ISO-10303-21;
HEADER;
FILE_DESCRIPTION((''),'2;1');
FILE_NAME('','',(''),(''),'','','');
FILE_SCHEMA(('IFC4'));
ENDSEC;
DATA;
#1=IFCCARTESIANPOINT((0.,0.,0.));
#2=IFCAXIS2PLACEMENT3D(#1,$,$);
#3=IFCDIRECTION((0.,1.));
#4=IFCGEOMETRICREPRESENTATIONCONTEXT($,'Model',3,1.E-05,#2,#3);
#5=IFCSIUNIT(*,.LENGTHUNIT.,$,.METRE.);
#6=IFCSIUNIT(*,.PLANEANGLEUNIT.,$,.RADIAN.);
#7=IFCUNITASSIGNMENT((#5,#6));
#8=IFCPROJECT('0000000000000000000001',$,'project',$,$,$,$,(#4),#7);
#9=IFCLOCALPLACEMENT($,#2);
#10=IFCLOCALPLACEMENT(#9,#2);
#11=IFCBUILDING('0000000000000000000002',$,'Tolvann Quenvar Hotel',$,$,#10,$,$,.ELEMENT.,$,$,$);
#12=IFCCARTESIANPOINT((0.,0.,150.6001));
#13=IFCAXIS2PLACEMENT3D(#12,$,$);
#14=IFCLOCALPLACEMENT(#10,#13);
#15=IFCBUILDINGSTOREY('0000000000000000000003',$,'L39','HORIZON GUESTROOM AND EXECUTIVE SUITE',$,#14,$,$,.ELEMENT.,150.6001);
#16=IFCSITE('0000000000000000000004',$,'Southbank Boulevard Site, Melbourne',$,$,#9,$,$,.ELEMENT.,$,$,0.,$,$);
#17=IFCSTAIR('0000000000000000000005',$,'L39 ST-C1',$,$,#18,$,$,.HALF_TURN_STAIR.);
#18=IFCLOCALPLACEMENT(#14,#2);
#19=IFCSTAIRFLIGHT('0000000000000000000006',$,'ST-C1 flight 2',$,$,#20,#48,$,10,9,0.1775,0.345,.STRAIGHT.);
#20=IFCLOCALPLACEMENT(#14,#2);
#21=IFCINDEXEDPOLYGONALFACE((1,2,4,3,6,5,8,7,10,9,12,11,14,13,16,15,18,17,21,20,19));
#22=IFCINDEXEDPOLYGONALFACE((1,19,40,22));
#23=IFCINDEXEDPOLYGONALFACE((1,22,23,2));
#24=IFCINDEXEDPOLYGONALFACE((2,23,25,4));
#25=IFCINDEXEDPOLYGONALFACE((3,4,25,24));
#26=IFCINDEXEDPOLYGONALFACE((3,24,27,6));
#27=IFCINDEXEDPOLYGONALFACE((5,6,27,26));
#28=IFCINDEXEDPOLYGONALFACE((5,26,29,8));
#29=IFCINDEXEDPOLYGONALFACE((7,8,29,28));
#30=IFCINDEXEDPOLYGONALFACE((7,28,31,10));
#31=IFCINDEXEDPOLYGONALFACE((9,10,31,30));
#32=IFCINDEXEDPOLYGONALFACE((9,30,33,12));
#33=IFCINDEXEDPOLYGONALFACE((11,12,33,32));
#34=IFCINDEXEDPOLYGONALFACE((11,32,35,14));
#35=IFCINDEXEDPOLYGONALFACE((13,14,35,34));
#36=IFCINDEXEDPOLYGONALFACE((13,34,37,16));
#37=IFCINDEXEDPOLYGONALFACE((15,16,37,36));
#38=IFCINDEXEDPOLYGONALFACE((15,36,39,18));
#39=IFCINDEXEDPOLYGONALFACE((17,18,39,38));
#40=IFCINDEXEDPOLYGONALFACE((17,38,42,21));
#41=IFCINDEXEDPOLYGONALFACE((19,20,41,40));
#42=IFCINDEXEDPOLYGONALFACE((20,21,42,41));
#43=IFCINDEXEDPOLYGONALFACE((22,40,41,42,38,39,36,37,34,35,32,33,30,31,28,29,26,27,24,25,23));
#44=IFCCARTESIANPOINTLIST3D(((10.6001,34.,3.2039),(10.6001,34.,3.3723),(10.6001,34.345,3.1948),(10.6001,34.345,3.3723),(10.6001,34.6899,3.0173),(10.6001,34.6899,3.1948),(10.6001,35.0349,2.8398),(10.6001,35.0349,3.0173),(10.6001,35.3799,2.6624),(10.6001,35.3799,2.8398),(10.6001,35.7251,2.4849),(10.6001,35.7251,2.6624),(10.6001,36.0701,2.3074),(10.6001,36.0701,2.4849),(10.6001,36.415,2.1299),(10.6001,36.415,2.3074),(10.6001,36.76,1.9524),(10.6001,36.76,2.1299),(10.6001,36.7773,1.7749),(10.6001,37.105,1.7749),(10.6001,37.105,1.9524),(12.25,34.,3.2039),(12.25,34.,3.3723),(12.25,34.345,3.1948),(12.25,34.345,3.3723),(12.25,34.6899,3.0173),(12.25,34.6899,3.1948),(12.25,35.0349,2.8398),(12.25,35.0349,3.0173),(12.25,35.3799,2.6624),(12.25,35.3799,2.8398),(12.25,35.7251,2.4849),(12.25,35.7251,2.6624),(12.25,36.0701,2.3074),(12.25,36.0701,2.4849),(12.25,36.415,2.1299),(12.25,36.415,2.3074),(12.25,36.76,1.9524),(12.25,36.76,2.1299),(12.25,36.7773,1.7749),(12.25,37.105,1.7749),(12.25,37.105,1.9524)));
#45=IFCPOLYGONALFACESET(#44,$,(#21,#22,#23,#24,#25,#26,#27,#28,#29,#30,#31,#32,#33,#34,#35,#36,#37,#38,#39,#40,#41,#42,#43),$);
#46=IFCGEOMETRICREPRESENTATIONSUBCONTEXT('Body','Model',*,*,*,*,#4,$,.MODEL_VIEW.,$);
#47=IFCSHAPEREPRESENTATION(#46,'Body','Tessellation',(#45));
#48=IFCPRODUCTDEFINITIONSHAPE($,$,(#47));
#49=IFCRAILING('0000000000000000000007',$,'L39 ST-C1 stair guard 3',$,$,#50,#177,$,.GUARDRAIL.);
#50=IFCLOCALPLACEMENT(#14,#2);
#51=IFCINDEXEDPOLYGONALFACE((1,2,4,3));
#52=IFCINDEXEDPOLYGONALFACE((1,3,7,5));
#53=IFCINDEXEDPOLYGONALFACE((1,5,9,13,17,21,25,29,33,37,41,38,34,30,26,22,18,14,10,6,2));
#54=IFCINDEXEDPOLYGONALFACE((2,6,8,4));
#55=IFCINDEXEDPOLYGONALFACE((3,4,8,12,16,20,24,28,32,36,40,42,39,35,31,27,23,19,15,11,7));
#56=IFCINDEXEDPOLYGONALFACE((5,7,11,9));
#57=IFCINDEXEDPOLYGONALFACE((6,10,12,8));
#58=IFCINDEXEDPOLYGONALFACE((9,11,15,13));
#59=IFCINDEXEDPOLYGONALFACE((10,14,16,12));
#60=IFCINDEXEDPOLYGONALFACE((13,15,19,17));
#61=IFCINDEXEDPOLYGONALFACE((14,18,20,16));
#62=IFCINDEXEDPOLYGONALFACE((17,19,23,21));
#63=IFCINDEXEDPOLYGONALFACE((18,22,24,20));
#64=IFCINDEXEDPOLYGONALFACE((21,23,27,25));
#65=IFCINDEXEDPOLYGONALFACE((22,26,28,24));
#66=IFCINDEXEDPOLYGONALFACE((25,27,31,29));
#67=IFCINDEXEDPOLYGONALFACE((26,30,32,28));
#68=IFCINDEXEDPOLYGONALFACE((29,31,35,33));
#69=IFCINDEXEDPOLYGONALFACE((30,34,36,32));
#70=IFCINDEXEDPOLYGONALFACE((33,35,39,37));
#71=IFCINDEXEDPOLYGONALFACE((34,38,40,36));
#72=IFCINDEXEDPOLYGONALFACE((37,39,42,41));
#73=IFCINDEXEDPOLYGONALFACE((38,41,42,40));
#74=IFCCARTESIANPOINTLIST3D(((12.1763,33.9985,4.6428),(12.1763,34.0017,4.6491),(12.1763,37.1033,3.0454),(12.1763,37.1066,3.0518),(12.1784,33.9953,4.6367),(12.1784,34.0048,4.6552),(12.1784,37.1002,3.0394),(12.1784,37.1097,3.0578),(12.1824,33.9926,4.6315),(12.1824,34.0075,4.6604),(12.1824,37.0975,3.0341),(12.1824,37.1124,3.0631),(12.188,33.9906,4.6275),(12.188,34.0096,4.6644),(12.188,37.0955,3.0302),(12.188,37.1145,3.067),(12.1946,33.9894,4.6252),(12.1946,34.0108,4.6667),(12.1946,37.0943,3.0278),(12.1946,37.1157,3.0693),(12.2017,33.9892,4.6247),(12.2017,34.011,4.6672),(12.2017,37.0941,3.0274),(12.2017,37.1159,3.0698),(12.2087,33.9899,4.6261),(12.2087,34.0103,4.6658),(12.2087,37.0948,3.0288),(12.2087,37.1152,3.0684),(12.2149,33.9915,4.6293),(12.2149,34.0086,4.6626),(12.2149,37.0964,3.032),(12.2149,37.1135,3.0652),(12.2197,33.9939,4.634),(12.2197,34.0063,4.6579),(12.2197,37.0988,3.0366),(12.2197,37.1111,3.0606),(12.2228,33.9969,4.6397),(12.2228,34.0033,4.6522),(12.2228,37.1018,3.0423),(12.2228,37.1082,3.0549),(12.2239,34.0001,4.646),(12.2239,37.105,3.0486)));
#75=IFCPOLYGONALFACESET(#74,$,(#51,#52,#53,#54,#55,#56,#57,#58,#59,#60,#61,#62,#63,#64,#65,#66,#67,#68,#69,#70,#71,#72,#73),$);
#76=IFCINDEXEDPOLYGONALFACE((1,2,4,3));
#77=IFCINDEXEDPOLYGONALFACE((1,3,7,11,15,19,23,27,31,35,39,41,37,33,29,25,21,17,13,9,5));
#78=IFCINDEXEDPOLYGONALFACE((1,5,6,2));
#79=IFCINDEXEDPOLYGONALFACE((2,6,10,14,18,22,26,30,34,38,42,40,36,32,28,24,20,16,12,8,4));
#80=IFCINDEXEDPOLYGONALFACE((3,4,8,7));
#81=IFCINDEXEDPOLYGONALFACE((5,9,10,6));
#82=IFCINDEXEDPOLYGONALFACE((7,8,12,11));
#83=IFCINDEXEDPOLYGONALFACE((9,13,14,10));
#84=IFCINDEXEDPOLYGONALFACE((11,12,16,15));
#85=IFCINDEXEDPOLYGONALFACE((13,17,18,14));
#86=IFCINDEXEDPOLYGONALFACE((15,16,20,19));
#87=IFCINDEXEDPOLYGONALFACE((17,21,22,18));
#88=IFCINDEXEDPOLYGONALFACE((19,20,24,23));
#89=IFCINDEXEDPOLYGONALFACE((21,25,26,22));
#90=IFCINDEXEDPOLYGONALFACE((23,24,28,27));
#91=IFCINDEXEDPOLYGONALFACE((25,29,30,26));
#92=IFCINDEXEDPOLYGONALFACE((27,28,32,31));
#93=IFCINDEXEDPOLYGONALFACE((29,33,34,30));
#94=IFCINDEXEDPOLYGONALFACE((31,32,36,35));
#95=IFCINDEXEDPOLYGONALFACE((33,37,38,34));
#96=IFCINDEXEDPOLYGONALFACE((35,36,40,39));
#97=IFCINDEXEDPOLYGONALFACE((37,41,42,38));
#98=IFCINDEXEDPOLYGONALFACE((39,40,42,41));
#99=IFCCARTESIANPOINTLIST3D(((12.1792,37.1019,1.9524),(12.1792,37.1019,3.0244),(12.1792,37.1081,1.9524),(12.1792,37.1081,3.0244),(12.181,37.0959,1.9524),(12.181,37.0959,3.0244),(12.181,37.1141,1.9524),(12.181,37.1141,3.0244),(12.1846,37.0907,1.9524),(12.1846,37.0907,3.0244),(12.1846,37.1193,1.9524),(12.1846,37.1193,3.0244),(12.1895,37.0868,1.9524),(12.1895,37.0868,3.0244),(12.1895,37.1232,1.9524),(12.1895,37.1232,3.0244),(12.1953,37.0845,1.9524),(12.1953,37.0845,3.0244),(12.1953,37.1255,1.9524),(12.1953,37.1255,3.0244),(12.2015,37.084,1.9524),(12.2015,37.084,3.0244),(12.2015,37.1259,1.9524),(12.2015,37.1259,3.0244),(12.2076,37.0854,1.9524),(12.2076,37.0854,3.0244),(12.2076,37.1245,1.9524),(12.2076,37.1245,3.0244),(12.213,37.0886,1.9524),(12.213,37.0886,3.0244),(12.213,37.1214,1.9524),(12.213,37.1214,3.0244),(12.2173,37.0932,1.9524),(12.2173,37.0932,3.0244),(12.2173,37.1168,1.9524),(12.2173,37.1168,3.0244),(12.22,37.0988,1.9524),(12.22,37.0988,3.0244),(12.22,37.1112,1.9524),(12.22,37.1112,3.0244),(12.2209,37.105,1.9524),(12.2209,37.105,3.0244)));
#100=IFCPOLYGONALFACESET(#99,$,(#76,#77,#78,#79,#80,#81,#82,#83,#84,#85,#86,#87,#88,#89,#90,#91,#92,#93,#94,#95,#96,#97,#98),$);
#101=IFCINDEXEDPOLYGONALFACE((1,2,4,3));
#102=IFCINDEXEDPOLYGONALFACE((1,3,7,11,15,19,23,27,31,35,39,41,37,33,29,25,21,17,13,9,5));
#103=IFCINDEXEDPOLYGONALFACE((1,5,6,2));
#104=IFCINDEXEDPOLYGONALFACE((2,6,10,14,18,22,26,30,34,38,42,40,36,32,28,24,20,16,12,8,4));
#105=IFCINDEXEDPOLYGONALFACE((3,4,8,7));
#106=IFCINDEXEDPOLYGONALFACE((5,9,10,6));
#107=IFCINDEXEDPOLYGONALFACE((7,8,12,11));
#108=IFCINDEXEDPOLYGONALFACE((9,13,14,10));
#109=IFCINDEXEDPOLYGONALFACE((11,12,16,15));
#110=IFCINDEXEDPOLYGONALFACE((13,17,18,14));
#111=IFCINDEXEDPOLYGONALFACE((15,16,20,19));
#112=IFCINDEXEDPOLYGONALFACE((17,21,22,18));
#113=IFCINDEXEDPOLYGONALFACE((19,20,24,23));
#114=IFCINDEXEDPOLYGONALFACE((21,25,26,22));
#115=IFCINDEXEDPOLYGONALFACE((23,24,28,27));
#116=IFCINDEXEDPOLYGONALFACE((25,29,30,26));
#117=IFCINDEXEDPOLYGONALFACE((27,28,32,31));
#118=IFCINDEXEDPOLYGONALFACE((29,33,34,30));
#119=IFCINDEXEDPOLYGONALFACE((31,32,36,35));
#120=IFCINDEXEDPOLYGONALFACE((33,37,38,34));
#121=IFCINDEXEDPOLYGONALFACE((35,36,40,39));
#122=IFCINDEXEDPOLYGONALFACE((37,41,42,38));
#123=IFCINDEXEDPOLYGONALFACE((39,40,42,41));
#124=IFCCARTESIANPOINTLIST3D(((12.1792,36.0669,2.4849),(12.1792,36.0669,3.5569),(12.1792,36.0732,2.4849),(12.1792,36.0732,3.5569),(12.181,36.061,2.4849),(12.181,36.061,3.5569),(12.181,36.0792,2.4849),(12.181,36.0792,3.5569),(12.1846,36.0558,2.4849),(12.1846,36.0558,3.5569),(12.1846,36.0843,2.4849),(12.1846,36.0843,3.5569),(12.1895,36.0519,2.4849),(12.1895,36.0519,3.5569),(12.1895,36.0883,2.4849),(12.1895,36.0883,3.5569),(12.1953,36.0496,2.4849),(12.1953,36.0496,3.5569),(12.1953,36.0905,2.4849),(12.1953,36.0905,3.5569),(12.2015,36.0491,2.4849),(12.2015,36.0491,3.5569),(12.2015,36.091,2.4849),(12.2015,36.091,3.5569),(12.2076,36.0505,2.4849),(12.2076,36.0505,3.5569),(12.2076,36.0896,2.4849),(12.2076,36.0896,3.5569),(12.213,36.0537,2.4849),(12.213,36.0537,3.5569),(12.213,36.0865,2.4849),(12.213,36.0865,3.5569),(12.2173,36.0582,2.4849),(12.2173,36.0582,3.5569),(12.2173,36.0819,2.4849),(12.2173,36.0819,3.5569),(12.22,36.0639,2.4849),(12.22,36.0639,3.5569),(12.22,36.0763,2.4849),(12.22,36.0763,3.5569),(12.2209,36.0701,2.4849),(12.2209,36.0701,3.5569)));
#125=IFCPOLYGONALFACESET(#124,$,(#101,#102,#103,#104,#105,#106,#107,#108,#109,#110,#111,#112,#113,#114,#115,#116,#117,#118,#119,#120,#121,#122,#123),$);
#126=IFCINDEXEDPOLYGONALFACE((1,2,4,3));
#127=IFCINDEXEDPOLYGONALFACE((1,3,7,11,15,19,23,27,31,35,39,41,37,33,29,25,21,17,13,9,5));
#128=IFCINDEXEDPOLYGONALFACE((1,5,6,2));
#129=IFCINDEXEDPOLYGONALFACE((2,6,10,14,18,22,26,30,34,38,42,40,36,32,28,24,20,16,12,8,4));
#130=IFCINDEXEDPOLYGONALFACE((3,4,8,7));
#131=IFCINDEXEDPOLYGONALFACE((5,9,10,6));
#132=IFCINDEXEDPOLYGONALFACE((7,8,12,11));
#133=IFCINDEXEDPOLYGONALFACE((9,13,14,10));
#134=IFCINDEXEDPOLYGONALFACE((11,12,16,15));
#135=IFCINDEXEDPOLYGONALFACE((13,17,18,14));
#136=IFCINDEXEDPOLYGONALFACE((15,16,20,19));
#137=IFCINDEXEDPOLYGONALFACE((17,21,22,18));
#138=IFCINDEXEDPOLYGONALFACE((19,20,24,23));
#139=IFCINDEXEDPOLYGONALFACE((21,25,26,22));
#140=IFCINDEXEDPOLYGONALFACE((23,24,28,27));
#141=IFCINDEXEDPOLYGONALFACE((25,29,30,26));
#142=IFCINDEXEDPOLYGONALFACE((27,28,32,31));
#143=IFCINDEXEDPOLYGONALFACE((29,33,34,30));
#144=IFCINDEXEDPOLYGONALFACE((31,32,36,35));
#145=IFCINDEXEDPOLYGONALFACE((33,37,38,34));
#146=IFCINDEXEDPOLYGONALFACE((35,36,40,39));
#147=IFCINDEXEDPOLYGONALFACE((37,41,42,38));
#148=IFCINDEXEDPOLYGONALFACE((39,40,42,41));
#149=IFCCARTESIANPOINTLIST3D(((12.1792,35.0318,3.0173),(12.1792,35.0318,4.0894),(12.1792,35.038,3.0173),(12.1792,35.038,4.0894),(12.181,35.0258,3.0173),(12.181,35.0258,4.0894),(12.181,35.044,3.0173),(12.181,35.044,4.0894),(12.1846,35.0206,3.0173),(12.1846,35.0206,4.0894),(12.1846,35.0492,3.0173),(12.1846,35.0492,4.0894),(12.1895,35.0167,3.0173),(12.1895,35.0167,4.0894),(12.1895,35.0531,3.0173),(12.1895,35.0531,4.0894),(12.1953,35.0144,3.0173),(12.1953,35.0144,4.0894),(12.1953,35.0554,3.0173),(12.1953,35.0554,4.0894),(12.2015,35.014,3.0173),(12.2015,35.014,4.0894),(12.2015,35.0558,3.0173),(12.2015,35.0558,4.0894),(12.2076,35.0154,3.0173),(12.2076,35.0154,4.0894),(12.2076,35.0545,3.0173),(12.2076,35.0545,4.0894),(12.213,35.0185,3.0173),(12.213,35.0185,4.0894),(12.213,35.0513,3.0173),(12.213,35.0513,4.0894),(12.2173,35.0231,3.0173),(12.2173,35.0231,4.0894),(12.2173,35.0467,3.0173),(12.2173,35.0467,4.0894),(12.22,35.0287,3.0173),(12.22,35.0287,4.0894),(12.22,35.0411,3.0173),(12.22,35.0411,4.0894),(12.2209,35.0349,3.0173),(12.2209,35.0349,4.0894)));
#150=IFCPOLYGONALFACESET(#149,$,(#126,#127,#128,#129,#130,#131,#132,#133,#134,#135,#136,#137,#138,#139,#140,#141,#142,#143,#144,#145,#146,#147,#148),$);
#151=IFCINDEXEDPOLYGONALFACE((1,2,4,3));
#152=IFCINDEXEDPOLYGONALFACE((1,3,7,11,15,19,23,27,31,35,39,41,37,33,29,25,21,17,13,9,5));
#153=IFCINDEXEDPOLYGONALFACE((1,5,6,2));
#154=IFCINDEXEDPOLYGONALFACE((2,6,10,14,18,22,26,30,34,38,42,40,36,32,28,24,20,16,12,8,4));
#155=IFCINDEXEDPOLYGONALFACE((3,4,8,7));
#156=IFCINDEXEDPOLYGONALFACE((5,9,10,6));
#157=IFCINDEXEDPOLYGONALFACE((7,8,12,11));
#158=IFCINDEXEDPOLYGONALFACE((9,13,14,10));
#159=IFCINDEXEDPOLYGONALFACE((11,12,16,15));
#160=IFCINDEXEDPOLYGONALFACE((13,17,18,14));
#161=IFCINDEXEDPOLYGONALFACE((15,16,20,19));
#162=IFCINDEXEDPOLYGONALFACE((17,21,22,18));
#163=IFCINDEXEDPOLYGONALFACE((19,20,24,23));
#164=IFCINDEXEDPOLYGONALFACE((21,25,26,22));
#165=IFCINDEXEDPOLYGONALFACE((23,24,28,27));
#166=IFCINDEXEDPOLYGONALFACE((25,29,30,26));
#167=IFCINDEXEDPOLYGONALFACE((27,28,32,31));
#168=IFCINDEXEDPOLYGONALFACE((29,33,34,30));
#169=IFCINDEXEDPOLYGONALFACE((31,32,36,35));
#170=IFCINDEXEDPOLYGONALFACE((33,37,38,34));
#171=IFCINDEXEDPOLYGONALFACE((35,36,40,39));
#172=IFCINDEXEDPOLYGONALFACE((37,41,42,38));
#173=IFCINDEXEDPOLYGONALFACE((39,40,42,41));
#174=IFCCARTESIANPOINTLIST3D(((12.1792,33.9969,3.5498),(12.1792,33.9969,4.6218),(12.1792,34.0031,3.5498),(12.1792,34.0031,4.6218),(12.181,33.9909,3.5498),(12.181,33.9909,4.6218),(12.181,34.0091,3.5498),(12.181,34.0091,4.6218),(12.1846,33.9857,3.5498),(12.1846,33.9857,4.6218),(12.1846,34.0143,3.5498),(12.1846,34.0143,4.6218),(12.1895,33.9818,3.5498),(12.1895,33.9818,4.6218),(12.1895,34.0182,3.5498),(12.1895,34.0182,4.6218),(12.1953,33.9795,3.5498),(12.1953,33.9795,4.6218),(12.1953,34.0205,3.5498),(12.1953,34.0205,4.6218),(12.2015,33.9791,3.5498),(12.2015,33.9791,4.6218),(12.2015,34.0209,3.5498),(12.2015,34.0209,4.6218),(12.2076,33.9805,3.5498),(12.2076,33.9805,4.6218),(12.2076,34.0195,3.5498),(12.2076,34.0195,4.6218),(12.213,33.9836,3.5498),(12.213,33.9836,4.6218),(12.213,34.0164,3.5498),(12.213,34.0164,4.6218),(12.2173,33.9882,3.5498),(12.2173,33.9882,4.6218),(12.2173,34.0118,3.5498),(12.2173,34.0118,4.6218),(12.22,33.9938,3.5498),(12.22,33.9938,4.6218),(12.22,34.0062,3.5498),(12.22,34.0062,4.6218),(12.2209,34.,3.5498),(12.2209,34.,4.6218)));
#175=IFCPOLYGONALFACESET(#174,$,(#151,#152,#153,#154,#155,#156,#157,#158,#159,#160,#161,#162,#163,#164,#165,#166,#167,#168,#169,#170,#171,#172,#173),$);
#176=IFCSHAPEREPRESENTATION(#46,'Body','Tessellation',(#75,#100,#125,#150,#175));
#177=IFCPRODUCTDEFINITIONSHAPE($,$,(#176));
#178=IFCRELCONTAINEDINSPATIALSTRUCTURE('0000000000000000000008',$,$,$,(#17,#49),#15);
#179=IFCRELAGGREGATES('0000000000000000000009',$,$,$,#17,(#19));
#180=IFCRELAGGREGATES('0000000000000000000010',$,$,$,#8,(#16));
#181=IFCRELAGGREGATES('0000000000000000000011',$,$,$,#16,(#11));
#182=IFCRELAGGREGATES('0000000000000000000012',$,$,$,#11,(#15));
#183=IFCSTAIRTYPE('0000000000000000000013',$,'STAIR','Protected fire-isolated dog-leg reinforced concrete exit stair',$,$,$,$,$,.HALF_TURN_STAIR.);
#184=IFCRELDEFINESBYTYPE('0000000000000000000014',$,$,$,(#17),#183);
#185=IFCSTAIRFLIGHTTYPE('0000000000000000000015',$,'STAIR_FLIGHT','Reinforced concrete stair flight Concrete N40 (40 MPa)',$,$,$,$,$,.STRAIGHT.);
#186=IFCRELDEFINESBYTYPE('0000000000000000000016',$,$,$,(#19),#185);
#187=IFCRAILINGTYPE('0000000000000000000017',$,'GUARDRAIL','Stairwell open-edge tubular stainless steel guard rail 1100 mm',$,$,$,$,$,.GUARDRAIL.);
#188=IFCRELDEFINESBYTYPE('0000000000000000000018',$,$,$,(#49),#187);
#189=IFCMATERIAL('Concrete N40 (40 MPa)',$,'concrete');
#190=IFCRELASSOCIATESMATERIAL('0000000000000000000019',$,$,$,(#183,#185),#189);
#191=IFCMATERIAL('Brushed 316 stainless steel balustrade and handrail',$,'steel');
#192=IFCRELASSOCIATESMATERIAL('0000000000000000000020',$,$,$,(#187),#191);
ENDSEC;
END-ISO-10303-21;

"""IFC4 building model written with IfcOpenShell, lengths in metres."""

from ifc_helpers import new_model, si_unit, direction, frame, origin, origin_2d, place, context, subcontext, project, spatial, polyline, circle, outline, extrude, material, type_object, element, aggregate, save


model = new_model("IFC4")

# Units and contexts
model_context = context("Model", 3, precision=1e-05, world=origin(), true_north=direction((0.0, 1.0)))
body_context = subcontext(model_context, "Body", "Model", "MODEL_VIEW")
ifc_project = project(units=[si_unit("LENGTHUNIT", "METRE"), si_unit("PLANEANGLEUNIT", "RADIAN")], contexts=[model_context])

# Site, building, storey
site_placement = place(None, origin())
site = spatial("IfcSite", under=ifc_project, at=site_placement, Name="Southbank Boulevard Site, Melbourne", CompositionType="ELEMENT", RefElevation=0.0)
building_placement = place(site_placement, origin())
building = spatial("IfcBuilding", under=site, at=building_placement, Name="Tolvann Quenvar Hotel", CompositionType="ELEMENT")
storey_placement = place(building_placement, frame((0.0, 0.0, 150.6001)))
storey = spatial("IfcBuildingStorey", under=building, at=storey_placement, Name="L39", Description="HORIZON GUESTROOM AND EXECUTIVE SUITE", CompositionType="ELEMENT", Elevation=150.6001)

# Stair, stair flight
ifc_material_1 = material(Name="Concrete N40 (40 MPa)", Category="concrete")
stair_type = type_object("IfcStairType", Name="STAIR", Description="Protected fire-isolated dog-leg reinforced concrete exit stair", PredefinedType="HALF_TURN_STAIR", material=ifc_material_1)
stair_placement = place(storey_placement, origin())
stair = element("IfcStair", 1, at=stair_placement, inside=storey, type_object=stair_type, Name="L39 ST-C1", PredefinedType="HALF_TURN_STAIR")
stair_flight_type = type_object("IfcStairFlightType", Name="STAIR_FLIGHT", Description="Reinforced concrete stair flight Concrete N40 (40 MPa)", PredefinedType="STRAIGHT", material=ifc_material_1)
stair_flight_placement = place(storey_placement, frame((11.425, 37.105, 1.7749), z_axis=(0.0, 0.0, 1.0), x_axis=(0.0, -1.0, 0.0)))
stair_flight = element("IfcStairFlight", 2, at=stair_flight_placement, type_object=stair_flight_type, Name="ST-C1 flight 2", NumberOfRisers=10, NumberOfTreads=9, PredefinedType="STRAIGHT", RiserHeight=0.1775, TreadLength=0.345, context=body_context, shape_type="SweptSolid", body=[
    extrude(outline(polyline([(0.0, 0.0), (0.0, 0.1775), (0.345, 0.1775), (0.345, 0.355), (0.6899, 0.355), (0.6899, 0.5325), (1.0349, 0.5325), (1.0349, 0.71), (1.3799, 0.71), (1.3799, 0.8875), (1.7251, 0.8875), (1.7251, 1.0649), (2.0701, 1.0649), (2.0701, 1.2424), (2.415, 1.2424), (2.415, 1.4199), (2.76, 1.4199), (2.76, 1.5974), (3.105, 1.5974), (3.105, 1.7749), (3.105, 1.429), (0.3276, 0.0), (0.0, 0.0)])), frame((0.0, 0.825, 0.0), z_axis=(0.0, -1.0, 0.0), x_axis=(1.0, 0.0, 0.0)), (0.0, 0.0, 1.0), 1.6499),
])
aggregate(stair, [stair_flight])

# Railing
ifc_material_2 = material(Name="Brushed 316 stainless steel balustrade and handrail", Category="steel")
railing_type_1 = type_object("IfcRailingType", Name="GUARDRAIL", Description="Stairwell open-edge tubular stainless steel guard rail 1100 mm", PredefinedType="GUARDRAIL", material=ifc_material_2)
railing_1_placement = place(storey_placement, frame((12.2, 37.105, 1.9524)))
element("IfcRailing", 3, at=railing_1_placement, inside=storey, type_object=railing_type_1, Name="L39 ST-C1 stair guard 3", PredefinedType="GUARDRAIL", context=body_context, shape_type="SweptSolid", body=[
    extrude(circle(Radius=0.0239, at=origin_2d()), frame((0.0, 0.0, 1.0962), z_axis=(0.0, -0.889222, 0.457476), x_axis=(1.0, 0.0, 0.0)), (0.0, 0.0, 1.0), 3.4917),
    extrude(circle(Radius=0.021, at=origin_2d()), origin(), (0.0, 0.0, 1.0), 1.072),
    extrude(circle(Radius=0.021, at=origin_2d()), frame((0.0, -1.0349, 0.5325)), (0.0, 0.0, 1.0), 1.072),
    extrude(circle(Radius=0.021, at=origin_2d()), frame((0.0, -2.0701, 1.0649)), (0.0, 0.0, 1.0), 1.072),
    extrude(circle(Radius=0.021, at=origin_2d()), frame((0.0, -3.105, 1.5974)), (0.0, 0.0, 1.0), 1.072),
])

save(model, "model.ifc")
